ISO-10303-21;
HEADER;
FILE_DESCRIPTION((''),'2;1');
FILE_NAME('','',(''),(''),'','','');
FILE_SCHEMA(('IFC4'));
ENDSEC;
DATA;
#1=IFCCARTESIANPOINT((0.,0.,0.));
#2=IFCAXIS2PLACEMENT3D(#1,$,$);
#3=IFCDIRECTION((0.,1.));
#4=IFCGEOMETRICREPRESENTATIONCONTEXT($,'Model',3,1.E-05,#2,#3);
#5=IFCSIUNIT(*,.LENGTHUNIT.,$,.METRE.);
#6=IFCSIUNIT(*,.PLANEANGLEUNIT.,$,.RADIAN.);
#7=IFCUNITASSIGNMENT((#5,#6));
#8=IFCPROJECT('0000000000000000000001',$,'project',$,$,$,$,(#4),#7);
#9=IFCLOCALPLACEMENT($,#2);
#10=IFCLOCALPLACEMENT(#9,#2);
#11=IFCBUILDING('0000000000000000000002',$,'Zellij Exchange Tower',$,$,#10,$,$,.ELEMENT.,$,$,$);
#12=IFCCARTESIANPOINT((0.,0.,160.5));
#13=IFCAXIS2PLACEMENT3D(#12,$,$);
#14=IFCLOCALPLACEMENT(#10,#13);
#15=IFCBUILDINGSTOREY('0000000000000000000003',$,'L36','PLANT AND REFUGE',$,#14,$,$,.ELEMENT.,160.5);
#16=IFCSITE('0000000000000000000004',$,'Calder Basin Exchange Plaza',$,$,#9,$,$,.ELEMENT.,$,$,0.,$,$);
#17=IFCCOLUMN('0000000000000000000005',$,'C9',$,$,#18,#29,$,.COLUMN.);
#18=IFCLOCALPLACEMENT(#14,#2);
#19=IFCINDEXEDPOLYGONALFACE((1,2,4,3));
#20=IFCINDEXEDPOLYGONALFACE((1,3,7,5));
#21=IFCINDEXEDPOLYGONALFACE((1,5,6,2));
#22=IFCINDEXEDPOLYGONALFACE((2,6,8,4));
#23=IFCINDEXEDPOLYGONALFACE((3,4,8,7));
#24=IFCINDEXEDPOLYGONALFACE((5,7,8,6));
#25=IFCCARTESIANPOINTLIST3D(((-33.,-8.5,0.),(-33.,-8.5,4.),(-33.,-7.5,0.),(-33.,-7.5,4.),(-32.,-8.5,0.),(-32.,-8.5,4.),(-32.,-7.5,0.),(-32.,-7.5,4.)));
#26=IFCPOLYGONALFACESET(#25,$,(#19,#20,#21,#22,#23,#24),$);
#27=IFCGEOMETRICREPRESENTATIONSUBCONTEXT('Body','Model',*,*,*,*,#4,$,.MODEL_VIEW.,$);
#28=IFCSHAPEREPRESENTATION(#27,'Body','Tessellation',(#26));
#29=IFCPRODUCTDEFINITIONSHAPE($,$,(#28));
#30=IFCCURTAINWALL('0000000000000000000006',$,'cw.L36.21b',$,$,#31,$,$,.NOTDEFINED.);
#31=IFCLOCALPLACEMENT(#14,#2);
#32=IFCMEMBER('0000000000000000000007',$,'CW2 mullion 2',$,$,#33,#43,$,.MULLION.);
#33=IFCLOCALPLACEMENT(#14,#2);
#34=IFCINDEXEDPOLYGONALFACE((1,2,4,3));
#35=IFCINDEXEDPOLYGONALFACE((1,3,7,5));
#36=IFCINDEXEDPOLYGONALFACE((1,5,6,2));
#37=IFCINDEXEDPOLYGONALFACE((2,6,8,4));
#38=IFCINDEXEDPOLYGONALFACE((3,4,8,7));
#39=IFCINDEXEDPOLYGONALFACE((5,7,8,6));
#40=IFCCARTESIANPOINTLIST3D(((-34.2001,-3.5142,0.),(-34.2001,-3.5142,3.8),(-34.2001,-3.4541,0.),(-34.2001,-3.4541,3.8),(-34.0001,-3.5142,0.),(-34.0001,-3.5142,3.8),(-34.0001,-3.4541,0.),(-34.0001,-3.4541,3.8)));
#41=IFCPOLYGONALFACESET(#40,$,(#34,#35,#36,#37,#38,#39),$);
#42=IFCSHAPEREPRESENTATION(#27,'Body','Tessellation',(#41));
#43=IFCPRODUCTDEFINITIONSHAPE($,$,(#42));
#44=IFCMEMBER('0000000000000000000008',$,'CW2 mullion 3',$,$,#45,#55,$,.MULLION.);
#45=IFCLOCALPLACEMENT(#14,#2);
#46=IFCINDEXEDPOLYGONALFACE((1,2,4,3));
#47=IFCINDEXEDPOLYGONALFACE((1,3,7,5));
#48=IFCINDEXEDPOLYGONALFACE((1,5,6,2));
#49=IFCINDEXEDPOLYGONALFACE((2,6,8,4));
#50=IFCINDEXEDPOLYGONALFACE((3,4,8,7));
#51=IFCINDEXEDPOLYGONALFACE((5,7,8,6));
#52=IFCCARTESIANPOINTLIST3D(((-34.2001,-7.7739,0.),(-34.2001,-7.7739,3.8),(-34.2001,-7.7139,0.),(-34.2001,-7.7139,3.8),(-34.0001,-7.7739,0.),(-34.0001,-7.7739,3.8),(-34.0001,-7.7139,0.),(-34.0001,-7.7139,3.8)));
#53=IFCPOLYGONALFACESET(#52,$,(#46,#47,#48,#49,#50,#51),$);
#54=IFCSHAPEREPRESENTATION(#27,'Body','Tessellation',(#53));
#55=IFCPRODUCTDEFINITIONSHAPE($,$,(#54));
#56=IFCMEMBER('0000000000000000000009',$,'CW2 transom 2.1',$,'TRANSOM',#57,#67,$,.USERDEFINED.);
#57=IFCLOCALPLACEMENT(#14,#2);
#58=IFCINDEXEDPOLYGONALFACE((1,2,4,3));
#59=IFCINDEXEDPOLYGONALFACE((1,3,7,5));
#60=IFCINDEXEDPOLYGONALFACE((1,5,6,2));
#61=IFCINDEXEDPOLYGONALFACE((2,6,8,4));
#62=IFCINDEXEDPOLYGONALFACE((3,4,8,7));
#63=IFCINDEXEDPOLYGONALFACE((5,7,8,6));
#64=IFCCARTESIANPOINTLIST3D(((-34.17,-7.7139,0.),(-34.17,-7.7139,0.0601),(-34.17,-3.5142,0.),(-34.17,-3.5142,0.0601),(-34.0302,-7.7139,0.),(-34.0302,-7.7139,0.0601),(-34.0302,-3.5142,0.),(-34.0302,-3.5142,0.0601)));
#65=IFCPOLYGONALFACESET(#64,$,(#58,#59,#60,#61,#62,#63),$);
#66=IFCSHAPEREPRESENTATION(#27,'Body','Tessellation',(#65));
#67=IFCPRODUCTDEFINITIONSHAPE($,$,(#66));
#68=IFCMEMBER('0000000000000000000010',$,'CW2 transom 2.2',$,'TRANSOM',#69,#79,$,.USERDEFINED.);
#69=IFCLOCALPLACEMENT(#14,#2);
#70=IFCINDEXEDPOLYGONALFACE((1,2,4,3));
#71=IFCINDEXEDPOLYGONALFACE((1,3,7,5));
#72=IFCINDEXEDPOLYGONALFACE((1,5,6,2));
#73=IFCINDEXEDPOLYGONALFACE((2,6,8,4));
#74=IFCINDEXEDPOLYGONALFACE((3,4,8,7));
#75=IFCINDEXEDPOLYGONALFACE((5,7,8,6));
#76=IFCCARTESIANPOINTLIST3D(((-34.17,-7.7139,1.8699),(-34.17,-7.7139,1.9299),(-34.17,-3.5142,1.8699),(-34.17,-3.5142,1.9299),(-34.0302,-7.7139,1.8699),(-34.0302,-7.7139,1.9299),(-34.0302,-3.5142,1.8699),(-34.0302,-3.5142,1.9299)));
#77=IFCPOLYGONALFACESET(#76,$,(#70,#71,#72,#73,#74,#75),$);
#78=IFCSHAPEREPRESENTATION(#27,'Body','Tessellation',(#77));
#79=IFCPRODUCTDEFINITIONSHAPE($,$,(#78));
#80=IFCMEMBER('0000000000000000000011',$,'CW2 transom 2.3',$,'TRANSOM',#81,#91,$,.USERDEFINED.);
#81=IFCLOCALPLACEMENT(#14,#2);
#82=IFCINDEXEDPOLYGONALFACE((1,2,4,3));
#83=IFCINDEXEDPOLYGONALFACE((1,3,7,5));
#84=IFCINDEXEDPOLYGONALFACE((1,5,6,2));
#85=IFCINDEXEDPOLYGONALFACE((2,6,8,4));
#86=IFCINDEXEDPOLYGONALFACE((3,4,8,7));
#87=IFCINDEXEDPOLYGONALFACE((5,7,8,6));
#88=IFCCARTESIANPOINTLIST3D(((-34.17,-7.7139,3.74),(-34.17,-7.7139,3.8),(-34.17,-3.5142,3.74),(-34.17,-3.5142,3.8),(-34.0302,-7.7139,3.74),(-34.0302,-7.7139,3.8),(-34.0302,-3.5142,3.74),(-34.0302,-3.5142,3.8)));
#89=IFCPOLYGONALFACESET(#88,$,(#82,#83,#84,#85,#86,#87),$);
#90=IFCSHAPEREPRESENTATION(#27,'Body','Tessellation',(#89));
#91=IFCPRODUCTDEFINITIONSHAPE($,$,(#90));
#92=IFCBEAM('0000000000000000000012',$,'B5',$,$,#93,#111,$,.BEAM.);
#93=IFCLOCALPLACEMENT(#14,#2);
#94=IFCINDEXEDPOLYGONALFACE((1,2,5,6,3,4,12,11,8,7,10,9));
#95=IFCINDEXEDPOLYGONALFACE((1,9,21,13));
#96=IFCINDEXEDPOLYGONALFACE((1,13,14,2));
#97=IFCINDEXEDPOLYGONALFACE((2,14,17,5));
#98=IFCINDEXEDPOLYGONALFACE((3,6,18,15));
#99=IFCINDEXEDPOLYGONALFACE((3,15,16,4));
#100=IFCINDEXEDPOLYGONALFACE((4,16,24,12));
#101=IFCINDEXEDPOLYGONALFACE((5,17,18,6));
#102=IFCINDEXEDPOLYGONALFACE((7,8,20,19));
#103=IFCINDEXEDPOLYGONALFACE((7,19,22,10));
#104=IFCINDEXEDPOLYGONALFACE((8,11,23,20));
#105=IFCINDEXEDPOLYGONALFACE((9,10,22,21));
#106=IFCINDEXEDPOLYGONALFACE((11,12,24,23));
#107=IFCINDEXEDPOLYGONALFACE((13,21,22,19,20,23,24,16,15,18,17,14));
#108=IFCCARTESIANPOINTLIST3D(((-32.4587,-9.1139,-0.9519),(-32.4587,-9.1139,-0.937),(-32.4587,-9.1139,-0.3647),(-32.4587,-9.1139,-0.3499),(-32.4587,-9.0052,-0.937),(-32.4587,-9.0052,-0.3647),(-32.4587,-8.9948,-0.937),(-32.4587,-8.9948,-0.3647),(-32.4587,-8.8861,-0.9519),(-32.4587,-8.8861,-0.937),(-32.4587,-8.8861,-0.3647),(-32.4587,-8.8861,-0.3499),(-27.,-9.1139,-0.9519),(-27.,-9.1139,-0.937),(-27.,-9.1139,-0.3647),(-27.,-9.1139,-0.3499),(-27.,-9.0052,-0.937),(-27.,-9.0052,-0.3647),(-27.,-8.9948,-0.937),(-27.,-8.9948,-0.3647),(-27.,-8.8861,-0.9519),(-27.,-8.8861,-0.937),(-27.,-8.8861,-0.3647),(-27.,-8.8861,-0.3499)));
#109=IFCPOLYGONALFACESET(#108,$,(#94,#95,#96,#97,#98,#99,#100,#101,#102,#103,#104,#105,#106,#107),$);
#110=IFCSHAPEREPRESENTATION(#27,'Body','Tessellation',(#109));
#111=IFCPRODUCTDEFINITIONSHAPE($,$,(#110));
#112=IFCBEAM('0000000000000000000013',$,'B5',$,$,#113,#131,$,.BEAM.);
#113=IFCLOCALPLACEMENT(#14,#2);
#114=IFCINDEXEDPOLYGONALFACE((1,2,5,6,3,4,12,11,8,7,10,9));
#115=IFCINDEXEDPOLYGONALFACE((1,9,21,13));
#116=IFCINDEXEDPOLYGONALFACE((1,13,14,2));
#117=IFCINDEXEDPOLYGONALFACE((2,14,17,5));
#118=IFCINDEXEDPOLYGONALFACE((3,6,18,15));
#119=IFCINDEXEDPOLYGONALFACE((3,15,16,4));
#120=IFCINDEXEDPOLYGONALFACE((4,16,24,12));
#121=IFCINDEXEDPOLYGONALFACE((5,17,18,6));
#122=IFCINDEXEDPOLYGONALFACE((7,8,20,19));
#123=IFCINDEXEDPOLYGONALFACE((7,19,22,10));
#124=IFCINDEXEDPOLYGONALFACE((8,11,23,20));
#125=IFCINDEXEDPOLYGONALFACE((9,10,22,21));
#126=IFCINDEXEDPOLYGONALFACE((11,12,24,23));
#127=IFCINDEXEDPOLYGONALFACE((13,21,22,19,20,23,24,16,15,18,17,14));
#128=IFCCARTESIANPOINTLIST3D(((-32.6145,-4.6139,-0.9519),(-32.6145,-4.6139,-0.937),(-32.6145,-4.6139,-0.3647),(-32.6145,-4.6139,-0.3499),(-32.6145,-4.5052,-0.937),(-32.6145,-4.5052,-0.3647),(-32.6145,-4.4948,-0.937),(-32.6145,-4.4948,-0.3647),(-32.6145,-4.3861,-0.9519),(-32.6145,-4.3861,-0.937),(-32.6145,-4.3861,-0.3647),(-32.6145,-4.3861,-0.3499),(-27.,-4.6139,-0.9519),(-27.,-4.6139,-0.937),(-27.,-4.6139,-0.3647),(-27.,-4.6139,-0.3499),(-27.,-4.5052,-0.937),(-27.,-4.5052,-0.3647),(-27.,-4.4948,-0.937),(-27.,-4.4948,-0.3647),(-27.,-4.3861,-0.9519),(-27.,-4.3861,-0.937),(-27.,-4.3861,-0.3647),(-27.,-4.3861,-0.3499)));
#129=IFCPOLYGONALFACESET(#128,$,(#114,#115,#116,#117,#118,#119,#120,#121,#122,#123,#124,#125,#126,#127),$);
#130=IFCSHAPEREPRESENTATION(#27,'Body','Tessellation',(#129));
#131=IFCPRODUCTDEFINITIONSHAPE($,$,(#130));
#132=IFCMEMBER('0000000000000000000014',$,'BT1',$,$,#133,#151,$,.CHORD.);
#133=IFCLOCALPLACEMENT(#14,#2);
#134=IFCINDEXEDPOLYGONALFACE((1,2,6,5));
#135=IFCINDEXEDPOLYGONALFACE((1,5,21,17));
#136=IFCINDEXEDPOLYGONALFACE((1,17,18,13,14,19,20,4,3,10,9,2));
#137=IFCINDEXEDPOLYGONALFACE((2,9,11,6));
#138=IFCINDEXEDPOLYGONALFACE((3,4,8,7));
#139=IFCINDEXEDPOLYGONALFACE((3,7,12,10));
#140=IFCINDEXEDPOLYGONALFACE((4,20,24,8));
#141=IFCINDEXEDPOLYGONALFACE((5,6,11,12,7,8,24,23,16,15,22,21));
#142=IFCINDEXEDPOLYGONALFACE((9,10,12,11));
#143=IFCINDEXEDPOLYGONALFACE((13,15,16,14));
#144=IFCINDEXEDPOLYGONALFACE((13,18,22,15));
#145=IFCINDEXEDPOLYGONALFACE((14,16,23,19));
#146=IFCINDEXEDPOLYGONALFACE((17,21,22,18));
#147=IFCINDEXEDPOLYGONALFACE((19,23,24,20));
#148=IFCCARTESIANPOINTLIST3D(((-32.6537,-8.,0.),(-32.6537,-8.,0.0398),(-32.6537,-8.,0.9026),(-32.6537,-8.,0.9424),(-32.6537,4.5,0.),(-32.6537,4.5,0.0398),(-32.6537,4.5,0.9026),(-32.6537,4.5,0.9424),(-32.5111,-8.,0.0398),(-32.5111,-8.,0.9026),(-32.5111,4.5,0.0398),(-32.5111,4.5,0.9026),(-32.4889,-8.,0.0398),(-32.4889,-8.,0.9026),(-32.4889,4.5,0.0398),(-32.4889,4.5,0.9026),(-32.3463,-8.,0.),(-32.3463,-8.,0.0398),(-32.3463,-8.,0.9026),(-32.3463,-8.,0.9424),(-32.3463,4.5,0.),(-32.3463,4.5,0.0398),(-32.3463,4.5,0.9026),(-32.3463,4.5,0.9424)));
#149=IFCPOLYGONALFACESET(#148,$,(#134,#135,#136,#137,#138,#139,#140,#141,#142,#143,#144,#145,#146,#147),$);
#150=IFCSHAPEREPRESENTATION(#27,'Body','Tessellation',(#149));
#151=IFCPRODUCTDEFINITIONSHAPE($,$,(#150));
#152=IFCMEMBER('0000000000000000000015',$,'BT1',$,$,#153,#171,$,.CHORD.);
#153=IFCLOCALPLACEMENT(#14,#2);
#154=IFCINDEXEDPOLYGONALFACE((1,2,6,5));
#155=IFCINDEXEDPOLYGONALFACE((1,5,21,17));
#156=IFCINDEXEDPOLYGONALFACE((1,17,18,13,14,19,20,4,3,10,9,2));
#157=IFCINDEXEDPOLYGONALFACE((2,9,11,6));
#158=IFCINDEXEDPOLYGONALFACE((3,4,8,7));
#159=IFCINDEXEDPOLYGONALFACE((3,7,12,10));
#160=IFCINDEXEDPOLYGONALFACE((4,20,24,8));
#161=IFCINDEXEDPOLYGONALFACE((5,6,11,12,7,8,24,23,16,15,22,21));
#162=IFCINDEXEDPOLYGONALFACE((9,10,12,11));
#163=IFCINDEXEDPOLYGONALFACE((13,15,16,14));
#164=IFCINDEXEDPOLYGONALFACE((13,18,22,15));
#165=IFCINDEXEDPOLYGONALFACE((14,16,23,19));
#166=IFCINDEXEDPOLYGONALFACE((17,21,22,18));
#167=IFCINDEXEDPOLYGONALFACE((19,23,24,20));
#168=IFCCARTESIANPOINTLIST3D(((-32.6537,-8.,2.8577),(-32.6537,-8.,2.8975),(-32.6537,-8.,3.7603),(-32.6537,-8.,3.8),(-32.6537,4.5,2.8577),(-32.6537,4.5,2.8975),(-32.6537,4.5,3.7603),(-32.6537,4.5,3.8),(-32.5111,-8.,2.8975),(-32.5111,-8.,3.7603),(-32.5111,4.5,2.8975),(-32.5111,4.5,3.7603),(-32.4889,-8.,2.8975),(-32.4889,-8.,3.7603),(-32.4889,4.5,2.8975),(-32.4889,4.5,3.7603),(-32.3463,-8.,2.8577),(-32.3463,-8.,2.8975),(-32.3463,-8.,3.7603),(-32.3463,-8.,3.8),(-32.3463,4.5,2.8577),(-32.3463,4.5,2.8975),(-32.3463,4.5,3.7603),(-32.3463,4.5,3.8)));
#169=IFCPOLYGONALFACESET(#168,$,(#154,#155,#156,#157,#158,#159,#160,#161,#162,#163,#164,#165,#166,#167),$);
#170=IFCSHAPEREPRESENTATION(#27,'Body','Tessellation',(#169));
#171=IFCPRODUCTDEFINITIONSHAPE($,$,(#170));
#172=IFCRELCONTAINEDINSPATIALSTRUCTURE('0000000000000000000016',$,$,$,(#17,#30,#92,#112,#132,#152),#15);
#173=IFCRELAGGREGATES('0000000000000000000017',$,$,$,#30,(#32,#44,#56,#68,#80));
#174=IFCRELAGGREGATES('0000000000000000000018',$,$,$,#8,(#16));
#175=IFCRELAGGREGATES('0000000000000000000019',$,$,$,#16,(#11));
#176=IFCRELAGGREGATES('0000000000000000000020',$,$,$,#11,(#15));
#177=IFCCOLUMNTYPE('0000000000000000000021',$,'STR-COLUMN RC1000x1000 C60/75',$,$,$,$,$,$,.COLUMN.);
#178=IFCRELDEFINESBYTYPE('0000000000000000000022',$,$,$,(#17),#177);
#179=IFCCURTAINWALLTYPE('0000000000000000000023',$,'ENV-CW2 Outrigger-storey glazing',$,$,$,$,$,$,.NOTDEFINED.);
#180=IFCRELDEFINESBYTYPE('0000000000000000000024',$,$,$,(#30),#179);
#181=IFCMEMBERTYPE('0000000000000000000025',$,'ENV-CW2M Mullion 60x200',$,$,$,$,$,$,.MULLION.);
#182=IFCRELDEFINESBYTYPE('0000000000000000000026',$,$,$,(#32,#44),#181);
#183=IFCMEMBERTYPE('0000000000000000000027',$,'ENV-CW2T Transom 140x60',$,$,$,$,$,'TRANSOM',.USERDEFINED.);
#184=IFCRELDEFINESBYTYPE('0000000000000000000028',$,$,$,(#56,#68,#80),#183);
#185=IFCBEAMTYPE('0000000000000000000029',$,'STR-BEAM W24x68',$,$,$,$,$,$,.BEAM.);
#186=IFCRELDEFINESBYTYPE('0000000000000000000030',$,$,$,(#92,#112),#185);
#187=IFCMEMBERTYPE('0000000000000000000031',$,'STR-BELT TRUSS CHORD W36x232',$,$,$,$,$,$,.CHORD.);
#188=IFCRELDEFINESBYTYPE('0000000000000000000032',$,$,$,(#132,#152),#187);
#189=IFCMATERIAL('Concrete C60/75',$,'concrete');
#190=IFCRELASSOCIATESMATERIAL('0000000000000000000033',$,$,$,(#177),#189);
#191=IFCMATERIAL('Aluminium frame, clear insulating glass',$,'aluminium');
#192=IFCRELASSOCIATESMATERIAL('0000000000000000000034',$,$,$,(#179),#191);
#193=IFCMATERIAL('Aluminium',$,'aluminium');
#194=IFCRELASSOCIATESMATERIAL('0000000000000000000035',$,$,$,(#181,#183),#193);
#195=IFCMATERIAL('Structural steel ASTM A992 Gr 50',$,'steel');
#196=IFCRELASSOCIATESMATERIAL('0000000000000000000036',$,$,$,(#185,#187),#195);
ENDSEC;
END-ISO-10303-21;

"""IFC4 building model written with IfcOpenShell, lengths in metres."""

from ifc_helpers import new_model, si_unit, direction, frame, origin, origin_2d, place, context, subcontext, project, spatial, rectangle, i_section, extrude, material, material_profile, profile_set, type_object, element, aggregate, save


model = new_model("IFC4")

# Units and contexts
model_context = context("Model", 3, precision=1e-05, world=origin(), true_north=direction((0.0, 1.0)))
body_context = subcontext(model_context, "Body", "Model", "MODEL_VIEW")
ifc_project = project(units=[si_unit("LENGTHUNIT", "METRE"), si_unit("PLANEANGLEUNIT", "RADIAN")], contexts=[model_context])

# Site, building, storey
site_placement = place(None, origin())
site = spatial("IfcSite", under=ifc_project, at=site_placement, Name="Calder Basin Exchange Plaza", CompositionType="ELEMENT", RefElevation=0.0)
building_placement = place(site_placement, origin())
building = spatial("IfcBuilding", under=site, at=building_placement, Name="Zellij Exchange Tower", CompositionType="ELEMENT")
storey_placement = place(building_placement, frame((0.0, 0.0, 160.5)))
storey = spatial("IfcBuildingStorey", under=building, at=storey_placement, Name="L36", Description="PLANT AND REFUGE", CompositionType="ELEMENT", Elevation=160.5)

# Column
ifc_material_1 = material(Name="Concrete C60/75", Category="concrete")
ifc_material_profile_1 = material_profile(ifc_material_1, rectangle(XDim=1.0, YDim=1.0, at=origin_2d()), Name="STR-COLUMN RC1000x1000 C60/75")
ifc_profile_set_1 = profile_set([ifc_material_profile_1], Name="Concrete C60/75")
column_type = type_object("IfcColumnType", Name="STR-COLUMN RC1000x1000 C60/75", PredefinedType="COLUMN", material=ifc_profile_set_1)
column_placement = place(storey_placement, frame((-32.5, -8.0, 0.0), z_axis=(0.0, 0.0, 1.0), x_axis=(1.0, 0.0, 0.0)))
element("IfcColumn", 1, at=column_placement, inside=storey, type_object=column_type, Name="C9", PredefinedType="COLUMN", context=body_context, shape_type="SweptSolid", body=[
    extrude(rectangle(XDim=1.0, YDim=1.0, at=origin_2d()), origin(), (0.0, 0.0, 1.0), 4.0),
])

# Curtain wall, members
ifc_material_2 = material(Name="Aluminium frame, clear insulating glass", Category="aluminium")
curtain_wall_type = type_object("IfcCurtainWallType", Name="ENV-CW2 Outrigger-storey glazing", PredefinedType="NOTDEFINED", material=ifc_material_2)
curtain_wall_placement = place(storey_placement, origin())
curtain_wall = element("IfcCurtainWall", 2, at=curtain_wall_placement, inside=storey, type_object=curtain_wall_type, Name="cw.L36.21b", PredefinedType="NOTDEFINED")
ifc_material_3 = material(Name="Aluminium", Category="aluminium")
ifc_material_profile_2 = material_profile(ifc_material_3, rectangle(XDim=0.0601, YDim=0.2, at=origin_2d()), Name="AL 60x200")
ifc_profile_set_2 = profile_set([ifc_material_profile_2], Name="Aluminium")
member_type_1 = type_object("IfcMemberType", Name="ENV-CW2M Mullion 60x200", PredefinedType="MULLION", material=ifc_profile_set_2)
member_1_placement = place(storey_placement, frame((-34.1001, -3.4841, 0.0), z_axis=(0.0, 0.0, 1.0), x_axis=(0.0, -1.0, 0.0)))
member_1 = element("IfcMember", 3, at=member_1_placement, type_object=member_type_1, Name="CW2 mullion 2", PredefinedType="MULLION", context=body_context, shape_type="SweptSolid", body=[
    extrude(rectangle(XDim=0.0601, YDim=0.2, at=origin_2d()), origin(), (0.0, 0.0, 1.0), 3.8),
])
member_2_placement = place(storey_placement, frame((-34.1001, -7.7439, 0.0), z_axis=(0.0, 0.0, 1.0), x_axis=(0.0, -1.0, 0.0)))
member_2 = element("IfcMember", 4, at=member_2_placement, type_object=member_type_1, Name="CW2 mullion 3", PredefinedType="MULLION", context=body_context, shape_type="SweptSolid", body=[
    extrude(rectangle(XDim=0.0601, YDim=0.2, at=origin_2d()), origin(), (0.0, 0.0, 1.0), 3.8),
])
ifc_material_profile_3 = material_profile(ifc_material_3, rectangle(XDim=0.1399, YDim=0.0601, at=origin_2d()), Name="AL 140x60")
ifc_profile_set_3 = profile_set([ifc_material_profile_3], Name="Aluminium")
member_type_2 = type_object("IfcMemberType", Name="ENV-CW2T Transom 140x60", ElementType="TRANSOM", PredefinedType="USERDEFINED", material=ifc_profile_set_3)
member_3_placement = place(storey_placement, frame((-34.1001, -3.5142, 0.03), z_axis=(0.0, -1.0, 0.0), x_axis=(1.0, 0.0, 0.0)))
member_3 = element("IfcMember", 5, at=member_3_placement, type_object=member_type_2, Name="CW2 transom 2.1", ObjectType="TRANSOM", PredefinedType="USERDEFINED", context=body_context, shape_type="SweptSolid", body=[
    extrude(rectangle(XDim=0.1399, YDim=0.0601, at=origin_2d()), origin(), (0.0, 0.0, 1.0), 4.1997),
])
member_4_placement = place(storey_placement, frame((-34.1001, -3.5142, 1.8999), z_axis=(0.0, -1.0, 0.0), x_axis=(1.0, 0.0, 0.0)))
member_4 = element("IfcMember", 6, at=member_4_placement, type_object=member_type_2, Name="CW2 transom 2.2", ObjectType="TRANSOM", PredefinedType="USERDEFINED", context=body_context, shape_type="SweptSolid", body=[
    extrude(rectangle(XDim=0.1399, YDim=0.0601, at=origin_2d()), origin(), (0.0, 0.0, 1.0), 4.1997),
])
member_5_placement = place(storey_placement, frame((-34.1001, -3.5142, 3.77), z_axis=(0.0, -1.0, 0.0), x_axis=(1.0, 0.0, 0.0)))
member_5 = element("IfcMember", 7, at=member_5_placement, type_object=member_type_2, Name="CW2 transom 2.3", ObjectType="TRANSOM", PredefinedType="USERDEFINED", context=body_context, shape_type="SweptSolid", body=[
    extrude(rectangle(XDim=0.1399, YDim=0.0601, at=origin_2d()), origin(), (0.0, 0.0, 1.0), 4.1997),
])

# Beams
ifc_material_4 = material(Name="Structural steel ASTM A992 Gr 50", Category="steel")
ifc_material_profile_4 = material_profile(ifc_material_4, i_section(OverallWidth=0.2278, OverallDepth=0.6021, WebThickness=0.0105, FlangeThickness=0.0149, at=origin_2d()), Name="W24x68")
ifc_profile_set_4 = profile_set([ifc_material_profile_4], Name="Structural steel ASTM A992 Gr 50")
beam_type_1 = type_object("IfcBeamType", Name="STR-BEAM W24x68", PredefinedType="BEAM", material=ifc_profile_set_4)
beam_1_placement = place(storey_placement, frame((-32.4587, -9.0, -0.6509), z_axis=(1.0, 0.0, 0.0), x_axis=(0.0, 1.0, 0.0)))
element("IfcBeam", 8, at=beam_1_placement, inside=storey, type_object=beam_type_1, Name="B5", PredefinedType="BEAM", context=body_context, shape_type="SweptSolid", body=[
    extrude(i_section(OverallWidth=0.2278, OverallDepth=0.6021, WebThickness=0.0105, FlangeThickness=0.0149, at=origin_2d()), origin(), (0.0, 0.0, 1.0), 5.4587),
])
beam_2_placement = place(storey_placement, frame((-32.6145, -4.5, -0.6509), z_axis=(1.0, 0.0, 0.0), x_axis=(0.0, 1.0, 0.0)))
element("IfcBeam", 9, at=beam_2_placement, inside=storey, type_object=beam_type_1, Name="B5", PredefinedType="BEAM", context=body_context, shape_type="SweptSolid", body=[
    extrude(i_section(OverallWidth=0.2278, OverallDepth=0.6021, WebThickness=0.0105, FlangeThickness=0.0149, at=origin_2d()), origin(), (0.0, 0.0, 1.0), 5.6145),
])

# Members
ifc_material_profile_5 = material_profile(ifc_material_4, i_section(OverallWidth=0.3074, OverallDepth=0.9424, WebThickness=0.0222, FlangeThickness=0.0398, at=origin_2d()), Name="W36x232")
ifc_profile_set_5 = profile_set([ifc_material_profile_5], Name="Structural steel ASTM A992 Gr 50")
member_type_3 = type_object("IfcMemberType", Name="STR-BELT TRUSS CHORD W36x232", PredefinedType="CHORD", material=ifc_profile_set_5)
for number, where, z_axis, x_axis, name in (
    (10, (-32.5, -8.0, 0.4712), (0.0, 1.0, 0.0), (-1.0, 0.0, 0.0), "BT1"),
    (11, (-32.5, -8.0, 3.3289), (0.0, 1.0, 0.0), (-1.0, 0.0, 0.0), "BT1"),
):
    element("IfcMember", number, at=place(storey_placement, frame(where, z_axis=z_axis, x_axis=x_axis)), inside=storey, type_object=member_type_3, Name=name, PredefinedType="CHORD", context=body_context, shape_type="SweptSolid", body=[
        extrude(i_section(OverallWidth=0.3074, OverallDepth=0.9424, WebThickness=0.0222, FlangeThickness=0.0398, at=origin_2d()), origin(), (0.0, 0.0, 1.0), 12.5),
    ])

aggregate(curtain_wall, [member_1, member_2, member_3, member_4, member_5])

save(model, "model.ifc")
